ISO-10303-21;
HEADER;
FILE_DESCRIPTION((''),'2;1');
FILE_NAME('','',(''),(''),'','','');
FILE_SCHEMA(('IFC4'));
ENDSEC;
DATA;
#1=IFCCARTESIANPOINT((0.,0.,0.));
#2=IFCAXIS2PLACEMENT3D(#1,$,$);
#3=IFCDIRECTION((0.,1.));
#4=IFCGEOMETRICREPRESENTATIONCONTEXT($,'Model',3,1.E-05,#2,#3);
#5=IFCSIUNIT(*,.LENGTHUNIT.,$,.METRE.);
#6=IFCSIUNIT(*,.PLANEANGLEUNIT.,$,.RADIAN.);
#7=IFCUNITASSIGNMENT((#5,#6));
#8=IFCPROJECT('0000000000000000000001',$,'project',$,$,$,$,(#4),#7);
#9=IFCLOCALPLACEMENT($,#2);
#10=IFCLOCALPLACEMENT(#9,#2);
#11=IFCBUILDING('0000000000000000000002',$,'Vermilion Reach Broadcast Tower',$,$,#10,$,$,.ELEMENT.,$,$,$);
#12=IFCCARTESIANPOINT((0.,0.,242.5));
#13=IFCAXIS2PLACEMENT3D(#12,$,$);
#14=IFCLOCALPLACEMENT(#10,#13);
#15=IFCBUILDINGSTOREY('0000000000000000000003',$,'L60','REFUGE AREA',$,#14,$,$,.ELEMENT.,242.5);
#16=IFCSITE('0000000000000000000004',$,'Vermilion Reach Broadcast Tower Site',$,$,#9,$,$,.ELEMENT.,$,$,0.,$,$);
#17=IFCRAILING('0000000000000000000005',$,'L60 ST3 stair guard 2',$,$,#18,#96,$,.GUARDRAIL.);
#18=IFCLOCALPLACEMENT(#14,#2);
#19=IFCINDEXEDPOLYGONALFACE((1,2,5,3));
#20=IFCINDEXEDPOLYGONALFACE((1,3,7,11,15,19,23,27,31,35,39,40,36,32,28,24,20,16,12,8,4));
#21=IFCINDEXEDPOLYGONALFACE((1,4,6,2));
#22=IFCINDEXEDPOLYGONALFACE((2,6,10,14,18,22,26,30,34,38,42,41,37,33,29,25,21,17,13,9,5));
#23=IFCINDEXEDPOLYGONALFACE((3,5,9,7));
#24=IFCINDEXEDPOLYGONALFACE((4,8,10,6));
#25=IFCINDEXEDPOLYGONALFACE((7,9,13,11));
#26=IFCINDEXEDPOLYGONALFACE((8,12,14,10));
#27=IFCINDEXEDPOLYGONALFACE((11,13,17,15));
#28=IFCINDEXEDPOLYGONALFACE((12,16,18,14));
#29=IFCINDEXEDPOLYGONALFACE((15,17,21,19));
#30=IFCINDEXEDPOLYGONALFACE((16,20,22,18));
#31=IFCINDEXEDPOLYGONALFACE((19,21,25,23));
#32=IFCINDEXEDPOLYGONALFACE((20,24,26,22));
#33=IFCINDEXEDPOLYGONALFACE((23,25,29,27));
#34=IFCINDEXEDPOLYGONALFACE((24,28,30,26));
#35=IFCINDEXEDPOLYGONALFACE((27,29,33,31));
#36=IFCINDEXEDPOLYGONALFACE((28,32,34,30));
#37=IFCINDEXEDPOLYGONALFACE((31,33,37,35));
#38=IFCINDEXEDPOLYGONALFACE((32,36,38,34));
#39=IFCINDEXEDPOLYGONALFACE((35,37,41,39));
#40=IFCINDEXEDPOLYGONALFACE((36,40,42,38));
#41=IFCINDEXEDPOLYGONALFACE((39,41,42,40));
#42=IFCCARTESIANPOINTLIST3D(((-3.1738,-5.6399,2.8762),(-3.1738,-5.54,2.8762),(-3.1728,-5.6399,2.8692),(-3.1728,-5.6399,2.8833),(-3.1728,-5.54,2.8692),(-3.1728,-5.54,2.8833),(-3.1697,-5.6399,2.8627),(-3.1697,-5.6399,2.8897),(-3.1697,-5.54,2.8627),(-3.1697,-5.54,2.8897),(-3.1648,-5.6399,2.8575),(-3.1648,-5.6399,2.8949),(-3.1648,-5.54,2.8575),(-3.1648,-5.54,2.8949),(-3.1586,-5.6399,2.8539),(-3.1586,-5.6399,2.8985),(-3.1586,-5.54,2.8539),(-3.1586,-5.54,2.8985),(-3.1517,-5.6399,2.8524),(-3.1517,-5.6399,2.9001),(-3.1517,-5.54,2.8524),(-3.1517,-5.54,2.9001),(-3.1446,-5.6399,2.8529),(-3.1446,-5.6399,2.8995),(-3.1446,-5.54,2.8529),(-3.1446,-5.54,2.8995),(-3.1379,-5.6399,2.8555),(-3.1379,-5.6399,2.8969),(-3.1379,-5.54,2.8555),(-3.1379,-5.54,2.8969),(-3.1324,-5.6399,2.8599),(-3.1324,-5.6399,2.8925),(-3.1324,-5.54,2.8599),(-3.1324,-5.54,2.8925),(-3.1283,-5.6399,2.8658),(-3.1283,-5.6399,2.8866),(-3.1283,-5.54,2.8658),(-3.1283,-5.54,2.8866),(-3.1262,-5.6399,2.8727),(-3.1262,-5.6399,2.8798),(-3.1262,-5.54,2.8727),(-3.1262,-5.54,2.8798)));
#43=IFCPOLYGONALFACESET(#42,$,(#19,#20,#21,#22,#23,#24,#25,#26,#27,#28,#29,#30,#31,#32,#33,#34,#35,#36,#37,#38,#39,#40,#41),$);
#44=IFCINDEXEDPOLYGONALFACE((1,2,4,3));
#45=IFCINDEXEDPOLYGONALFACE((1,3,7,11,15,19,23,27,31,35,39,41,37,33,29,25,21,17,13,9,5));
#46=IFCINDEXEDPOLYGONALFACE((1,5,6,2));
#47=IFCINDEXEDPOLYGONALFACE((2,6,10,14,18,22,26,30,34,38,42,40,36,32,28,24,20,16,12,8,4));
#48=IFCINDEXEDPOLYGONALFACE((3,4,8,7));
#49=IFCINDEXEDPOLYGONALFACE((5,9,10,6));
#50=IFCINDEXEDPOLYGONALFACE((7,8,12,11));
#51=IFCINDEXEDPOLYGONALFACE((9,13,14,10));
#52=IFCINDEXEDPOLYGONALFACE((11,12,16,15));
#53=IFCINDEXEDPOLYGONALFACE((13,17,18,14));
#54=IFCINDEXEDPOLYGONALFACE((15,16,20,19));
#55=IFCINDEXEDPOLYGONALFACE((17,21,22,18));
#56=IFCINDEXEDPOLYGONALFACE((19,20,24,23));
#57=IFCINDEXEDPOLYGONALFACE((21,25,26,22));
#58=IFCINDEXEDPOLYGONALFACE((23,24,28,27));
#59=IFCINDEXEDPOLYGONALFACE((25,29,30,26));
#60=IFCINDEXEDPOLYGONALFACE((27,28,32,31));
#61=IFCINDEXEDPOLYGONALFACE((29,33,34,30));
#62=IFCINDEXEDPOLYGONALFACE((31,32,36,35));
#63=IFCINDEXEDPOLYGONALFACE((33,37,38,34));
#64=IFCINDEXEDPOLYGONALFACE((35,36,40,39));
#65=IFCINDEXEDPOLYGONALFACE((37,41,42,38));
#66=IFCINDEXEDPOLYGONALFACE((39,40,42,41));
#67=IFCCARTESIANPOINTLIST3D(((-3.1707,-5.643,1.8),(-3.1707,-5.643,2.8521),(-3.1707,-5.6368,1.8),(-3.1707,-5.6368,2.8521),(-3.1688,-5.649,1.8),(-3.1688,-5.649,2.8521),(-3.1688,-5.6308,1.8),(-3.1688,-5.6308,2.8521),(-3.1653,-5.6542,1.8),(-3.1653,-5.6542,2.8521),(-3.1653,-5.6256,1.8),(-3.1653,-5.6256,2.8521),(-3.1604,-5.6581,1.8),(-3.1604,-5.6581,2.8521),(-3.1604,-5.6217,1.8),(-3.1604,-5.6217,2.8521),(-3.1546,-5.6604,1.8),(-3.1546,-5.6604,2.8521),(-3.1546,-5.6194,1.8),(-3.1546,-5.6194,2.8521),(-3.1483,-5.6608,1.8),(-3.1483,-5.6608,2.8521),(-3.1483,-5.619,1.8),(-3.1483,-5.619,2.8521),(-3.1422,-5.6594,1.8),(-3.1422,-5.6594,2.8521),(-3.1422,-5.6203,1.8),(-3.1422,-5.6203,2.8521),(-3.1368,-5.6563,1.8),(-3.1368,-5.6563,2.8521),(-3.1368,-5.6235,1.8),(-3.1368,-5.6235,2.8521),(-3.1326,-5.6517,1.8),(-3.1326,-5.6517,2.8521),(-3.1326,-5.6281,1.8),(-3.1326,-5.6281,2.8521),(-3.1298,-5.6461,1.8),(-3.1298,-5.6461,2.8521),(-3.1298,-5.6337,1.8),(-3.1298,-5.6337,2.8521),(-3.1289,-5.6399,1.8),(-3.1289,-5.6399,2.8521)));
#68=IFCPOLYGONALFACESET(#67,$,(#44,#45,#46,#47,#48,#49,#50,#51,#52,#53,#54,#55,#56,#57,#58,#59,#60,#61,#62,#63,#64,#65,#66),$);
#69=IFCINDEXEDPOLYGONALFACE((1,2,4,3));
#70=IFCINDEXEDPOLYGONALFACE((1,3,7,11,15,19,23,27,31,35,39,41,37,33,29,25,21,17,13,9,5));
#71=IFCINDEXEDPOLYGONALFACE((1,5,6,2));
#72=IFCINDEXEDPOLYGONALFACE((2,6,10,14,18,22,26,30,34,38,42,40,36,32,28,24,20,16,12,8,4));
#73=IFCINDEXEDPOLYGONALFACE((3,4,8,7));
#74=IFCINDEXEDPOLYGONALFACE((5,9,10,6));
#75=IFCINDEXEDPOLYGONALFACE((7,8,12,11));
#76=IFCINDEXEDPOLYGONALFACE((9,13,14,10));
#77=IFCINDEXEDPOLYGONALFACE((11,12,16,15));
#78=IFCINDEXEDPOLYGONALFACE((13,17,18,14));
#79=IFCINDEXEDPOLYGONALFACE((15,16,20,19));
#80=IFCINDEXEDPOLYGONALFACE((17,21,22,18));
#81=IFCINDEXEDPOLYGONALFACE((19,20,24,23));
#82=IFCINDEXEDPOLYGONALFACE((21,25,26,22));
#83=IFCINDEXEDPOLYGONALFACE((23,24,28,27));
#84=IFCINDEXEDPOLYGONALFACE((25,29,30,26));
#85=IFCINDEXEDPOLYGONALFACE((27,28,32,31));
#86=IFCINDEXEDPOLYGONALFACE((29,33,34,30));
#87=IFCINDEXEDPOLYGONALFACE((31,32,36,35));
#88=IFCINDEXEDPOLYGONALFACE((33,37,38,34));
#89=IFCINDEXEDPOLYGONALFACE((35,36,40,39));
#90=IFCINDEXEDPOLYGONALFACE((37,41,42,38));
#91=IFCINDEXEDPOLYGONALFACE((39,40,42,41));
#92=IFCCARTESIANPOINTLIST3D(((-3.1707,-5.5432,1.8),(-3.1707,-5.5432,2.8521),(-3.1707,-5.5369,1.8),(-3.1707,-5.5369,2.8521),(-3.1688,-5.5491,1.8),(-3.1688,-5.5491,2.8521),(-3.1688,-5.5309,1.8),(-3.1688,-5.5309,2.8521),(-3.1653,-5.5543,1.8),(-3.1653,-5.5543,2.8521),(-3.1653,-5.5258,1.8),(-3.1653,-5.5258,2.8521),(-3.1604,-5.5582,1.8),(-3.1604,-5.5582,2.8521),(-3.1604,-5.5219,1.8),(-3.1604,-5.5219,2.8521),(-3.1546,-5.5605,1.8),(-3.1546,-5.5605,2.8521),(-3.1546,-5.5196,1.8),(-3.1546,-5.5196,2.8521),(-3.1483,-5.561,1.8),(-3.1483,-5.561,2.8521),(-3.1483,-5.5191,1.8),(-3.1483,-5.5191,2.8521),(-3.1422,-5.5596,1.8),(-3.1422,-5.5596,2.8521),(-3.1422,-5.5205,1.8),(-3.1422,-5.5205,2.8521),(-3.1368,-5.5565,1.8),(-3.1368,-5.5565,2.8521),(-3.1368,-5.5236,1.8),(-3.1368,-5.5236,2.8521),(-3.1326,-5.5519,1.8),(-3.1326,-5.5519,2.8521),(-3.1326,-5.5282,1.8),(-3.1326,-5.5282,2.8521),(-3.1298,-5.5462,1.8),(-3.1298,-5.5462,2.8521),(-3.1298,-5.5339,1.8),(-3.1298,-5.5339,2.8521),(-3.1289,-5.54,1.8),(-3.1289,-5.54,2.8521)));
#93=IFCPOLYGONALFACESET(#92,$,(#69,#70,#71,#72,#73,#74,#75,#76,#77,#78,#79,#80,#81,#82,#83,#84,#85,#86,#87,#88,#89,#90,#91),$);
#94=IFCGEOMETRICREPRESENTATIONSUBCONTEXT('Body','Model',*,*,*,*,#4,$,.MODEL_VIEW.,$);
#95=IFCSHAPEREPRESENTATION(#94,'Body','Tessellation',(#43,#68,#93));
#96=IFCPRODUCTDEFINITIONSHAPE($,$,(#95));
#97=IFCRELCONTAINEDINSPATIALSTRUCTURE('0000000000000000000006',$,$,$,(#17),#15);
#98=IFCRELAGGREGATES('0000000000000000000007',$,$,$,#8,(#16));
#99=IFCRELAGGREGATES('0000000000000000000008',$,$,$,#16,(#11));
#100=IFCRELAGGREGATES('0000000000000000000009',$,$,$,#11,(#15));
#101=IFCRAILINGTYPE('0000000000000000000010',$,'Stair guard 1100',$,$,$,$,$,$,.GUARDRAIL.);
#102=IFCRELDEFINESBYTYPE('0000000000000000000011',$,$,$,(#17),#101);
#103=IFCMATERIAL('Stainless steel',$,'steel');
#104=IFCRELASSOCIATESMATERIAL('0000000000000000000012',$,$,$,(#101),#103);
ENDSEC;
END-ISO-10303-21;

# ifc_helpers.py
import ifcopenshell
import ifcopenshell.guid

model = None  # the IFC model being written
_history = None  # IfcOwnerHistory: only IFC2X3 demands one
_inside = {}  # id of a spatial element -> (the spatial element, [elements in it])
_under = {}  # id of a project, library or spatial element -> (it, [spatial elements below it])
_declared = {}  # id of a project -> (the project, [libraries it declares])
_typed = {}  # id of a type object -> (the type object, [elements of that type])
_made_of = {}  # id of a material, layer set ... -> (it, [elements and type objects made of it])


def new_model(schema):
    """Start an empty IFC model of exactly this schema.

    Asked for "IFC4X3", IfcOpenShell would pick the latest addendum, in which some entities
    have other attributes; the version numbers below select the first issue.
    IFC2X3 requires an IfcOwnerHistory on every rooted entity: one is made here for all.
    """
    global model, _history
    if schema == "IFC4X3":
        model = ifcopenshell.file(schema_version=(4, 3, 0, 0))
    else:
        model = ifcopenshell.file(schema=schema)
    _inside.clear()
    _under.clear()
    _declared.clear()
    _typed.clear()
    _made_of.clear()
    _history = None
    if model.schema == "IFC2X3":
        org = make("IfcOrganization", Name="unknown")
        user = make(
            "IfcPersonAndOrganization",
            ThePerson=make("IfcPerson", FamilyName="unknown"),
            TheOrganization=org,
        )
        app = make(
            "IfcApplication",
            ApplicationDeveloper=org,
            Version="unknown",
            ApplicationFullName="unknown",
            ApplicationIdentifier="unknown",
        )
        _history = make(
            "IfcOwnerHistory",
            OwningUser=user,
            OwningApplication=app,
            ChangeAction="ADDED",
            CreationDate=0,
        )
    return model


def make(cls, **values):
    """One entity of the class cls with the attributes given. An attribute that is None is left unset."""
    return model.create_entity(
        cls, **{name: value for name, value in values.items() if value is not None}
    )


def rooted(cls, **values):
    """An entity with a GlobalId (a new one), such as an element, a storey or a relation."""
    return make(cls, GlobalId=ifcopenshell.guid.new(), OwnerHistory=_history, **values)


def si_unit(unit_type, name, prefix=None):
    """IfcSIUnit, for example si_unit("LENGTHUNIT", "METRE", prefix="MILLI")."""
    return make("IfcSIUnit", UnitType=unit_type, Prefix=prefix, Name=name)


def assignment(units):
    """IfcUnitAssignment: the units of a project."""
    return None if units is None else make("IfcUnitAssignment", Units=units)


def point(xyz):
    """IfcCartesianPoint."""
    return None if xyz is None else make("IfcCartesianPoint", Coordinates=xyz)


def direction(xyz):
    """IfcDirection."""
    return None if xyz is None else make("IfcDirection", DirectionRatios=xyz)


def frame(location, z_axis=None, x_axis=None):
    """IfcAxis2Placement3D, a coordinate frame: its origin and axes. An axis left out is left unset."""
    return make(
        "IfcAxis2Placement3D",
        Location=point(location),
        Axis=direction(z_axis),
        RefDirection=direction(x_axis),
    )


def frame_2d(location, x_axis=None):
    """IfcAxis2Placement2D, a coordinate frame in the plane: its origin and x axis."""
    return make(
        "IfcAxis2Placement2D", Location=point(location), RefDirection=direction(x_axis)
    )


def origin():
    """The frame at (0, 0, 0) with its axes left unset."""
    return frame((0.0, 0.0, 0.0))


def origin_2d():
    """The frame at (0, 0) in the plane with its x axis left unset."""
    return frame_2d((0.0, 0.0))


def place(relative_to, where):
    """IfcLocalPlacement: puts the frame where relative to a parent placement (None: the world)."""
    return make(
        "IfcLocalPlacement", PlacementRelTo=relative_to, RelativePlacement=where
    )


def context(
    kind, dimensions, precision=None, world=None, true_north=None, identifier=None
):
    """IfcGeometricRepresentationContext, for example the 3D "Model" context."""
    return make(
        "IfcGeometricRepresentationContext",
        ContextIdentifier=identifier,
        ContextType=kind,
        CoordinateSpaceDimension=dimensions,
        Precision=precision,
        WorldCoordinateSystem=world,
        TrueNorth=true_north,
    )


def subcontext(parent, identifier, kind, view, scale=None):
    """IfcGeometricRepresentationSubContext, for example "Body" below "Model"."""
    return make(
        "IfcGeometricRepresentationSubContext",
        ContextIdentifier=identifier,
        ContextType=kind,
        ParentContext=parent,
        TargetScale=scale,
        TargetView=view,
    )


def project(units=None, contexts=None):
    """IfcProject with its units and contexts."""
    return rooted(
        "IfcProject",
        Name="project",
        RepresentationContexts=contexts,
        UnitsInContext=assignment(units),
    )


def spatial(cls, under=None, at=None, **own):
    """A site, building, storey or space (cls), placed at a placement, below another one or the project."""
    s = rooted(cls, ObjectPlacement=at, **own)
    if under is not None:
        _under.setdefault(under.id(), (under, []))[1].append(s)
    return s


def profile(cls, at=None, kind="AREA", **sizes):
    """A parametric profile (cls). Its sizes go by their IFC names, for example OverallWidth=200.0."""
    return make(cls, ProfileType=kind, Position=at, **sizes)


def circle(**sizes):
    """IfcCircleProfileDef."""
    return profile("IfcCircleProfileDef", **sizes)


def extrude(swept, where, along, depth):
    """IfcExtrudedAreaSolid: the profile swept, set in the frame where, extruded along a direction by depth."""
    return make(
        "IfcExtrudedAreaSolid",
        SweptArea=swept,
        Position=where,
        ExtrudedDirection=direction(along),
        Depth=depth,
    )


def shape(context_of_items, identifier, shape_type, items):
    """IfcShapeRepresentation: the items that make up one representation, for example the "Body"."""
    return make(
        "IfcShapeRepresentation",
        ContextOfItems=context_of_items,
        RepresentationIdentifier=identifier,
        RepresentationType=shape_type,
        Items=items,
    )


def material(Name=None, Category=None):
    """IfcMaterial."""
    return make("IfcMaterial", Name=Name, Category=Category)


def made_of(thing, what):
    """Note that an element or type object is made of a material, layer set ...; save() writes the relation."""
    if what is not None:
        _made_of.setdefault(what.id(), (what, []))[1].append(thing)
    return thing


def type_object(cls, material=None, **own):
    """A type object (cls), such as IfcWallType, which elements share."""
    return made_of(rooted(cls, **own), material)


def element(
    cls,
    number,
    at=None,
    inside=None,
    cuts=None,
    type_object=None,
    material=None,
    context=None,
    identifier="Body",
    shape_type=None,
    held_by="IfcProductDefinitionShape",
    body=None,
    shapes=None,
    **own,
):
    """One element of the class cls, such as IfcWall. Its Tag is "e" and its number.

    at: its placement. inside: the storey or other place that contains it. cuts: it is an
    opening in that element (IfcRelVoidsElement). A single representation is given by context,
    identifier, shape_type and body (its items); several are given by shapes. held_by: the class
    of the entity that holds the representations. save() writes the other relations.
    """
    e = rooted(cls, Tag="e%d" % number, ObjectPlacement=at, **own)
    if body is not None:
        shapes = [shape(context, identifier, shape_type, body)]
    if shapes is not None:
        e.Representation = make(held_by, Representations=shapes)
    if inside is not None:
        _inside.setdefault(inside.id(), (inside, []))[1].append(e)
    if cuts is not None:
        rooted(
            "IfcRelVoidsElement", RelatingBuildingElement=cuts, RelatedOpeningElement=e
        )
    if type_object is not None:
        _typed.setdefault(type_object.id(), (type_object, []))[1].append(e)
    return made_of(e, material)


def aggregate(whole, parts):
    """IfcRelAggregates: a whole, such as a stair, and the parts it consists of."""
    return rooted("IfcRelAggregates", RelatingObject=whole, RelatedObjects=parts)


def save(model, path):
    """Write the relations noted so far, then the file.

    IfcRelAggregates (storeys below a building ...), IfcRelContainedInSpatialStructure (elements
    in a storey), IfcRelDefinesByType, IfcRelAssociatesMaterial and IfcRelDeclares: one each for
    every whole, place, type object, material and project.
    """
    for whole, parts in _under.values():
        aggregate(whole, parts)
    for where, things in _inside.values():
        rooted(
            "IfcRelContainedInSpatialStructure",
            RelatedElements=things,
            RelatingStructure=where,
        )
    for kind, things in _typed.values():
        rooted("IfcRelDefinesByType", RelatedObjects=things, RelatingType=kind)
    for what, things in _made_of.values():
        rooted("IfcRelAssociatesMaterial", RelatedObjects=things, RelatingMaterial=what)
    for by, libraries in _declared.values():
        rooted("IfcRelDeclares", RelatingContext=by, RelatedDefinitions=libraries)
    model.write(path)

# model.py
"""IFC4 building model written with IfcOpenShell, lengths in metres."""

from ifc_helpers import new_model, si_unit, direction, frame, origin, origin_2d, place, context, subcontext, project, spatial, circle, extrude, material, type_object, element, save


model = new_model("IFC4")

# Units and contexts
model_context = context("Model", 3, precision=1e-05, world=origin(), true_north=direction((0.0, 1.0)))
body_context = subcontext(model_context, "Body", "Model", "MODEL_VIEW")
ifc_project = project(units=[si_unit("LENGTHUNIT", "METRE"), si_unit("PLANEANGLEUNIT", "RADIAN")], contexts=[model_context])

# Site, building, storey
site_placement = place(None, origin())
site = spatial("IfcSite", under=ifc_project, at=site_placement, Name="Vermilion Reach Broadcast Tower Site", CompositionType="ELEMENT", RefElevation=0.0)
building_placement = place(site_placement, origin())
building = spatial("IfcBuilding", under=site, at=building_placement, Name="Vermilion Reach Broadcast Tower", CompositionType="ELEMENT")
storey_placement = place(building_placement, frame((0.0, 0.0, 242.5)))
storey = spatial("IfcBuildingStorey", under=building, at=storey_placement, Name="L60", Description="REFUGE AREA", CompositionType="ELEMENT", Elevation=242.5)

# Railing
ifc_material_1 = material(Name="Stainless steel", Category="steel")
railing_type_1 = type_object("IfcRailingType", Name="Stair guard 1100", PredefinedType="GUARDRAIL", material=ifc_material_1)
railing_1_placement = place(storey_placement, frame((-3.1499, -5.6399, 1.8)))
element("IfcRailing", 1, at=railing_1_placement, inside=storey, type_object=railing_type_1, Name="L60 ST3 stair guard 2", PredefinedType="GUARDRAIL", context=body_context, shape_type="SweptSolid", body=[
    extrude(circle(Radius=0.0239, at=origin_2d()), frame((0.0, 0.0, 1.0762), z_axis=(0.0, 1.0, 0.0), x_axis=(-1.0, 0.0, 0.0)), (0.0, 0.0, 1.0), 0.0999),
    extrude(circle(Radius=0.021, at=origin_2d()), origin(), (0.0, 0.0, 1.0), 1.052),
    extrude(circle(Radius=0.021, at=origin_2d()), frame((0.0, 0.0999, 0.0)), (0.0, 0.0, 1.0), 1.052),
])

save(model, "model.ifc")
